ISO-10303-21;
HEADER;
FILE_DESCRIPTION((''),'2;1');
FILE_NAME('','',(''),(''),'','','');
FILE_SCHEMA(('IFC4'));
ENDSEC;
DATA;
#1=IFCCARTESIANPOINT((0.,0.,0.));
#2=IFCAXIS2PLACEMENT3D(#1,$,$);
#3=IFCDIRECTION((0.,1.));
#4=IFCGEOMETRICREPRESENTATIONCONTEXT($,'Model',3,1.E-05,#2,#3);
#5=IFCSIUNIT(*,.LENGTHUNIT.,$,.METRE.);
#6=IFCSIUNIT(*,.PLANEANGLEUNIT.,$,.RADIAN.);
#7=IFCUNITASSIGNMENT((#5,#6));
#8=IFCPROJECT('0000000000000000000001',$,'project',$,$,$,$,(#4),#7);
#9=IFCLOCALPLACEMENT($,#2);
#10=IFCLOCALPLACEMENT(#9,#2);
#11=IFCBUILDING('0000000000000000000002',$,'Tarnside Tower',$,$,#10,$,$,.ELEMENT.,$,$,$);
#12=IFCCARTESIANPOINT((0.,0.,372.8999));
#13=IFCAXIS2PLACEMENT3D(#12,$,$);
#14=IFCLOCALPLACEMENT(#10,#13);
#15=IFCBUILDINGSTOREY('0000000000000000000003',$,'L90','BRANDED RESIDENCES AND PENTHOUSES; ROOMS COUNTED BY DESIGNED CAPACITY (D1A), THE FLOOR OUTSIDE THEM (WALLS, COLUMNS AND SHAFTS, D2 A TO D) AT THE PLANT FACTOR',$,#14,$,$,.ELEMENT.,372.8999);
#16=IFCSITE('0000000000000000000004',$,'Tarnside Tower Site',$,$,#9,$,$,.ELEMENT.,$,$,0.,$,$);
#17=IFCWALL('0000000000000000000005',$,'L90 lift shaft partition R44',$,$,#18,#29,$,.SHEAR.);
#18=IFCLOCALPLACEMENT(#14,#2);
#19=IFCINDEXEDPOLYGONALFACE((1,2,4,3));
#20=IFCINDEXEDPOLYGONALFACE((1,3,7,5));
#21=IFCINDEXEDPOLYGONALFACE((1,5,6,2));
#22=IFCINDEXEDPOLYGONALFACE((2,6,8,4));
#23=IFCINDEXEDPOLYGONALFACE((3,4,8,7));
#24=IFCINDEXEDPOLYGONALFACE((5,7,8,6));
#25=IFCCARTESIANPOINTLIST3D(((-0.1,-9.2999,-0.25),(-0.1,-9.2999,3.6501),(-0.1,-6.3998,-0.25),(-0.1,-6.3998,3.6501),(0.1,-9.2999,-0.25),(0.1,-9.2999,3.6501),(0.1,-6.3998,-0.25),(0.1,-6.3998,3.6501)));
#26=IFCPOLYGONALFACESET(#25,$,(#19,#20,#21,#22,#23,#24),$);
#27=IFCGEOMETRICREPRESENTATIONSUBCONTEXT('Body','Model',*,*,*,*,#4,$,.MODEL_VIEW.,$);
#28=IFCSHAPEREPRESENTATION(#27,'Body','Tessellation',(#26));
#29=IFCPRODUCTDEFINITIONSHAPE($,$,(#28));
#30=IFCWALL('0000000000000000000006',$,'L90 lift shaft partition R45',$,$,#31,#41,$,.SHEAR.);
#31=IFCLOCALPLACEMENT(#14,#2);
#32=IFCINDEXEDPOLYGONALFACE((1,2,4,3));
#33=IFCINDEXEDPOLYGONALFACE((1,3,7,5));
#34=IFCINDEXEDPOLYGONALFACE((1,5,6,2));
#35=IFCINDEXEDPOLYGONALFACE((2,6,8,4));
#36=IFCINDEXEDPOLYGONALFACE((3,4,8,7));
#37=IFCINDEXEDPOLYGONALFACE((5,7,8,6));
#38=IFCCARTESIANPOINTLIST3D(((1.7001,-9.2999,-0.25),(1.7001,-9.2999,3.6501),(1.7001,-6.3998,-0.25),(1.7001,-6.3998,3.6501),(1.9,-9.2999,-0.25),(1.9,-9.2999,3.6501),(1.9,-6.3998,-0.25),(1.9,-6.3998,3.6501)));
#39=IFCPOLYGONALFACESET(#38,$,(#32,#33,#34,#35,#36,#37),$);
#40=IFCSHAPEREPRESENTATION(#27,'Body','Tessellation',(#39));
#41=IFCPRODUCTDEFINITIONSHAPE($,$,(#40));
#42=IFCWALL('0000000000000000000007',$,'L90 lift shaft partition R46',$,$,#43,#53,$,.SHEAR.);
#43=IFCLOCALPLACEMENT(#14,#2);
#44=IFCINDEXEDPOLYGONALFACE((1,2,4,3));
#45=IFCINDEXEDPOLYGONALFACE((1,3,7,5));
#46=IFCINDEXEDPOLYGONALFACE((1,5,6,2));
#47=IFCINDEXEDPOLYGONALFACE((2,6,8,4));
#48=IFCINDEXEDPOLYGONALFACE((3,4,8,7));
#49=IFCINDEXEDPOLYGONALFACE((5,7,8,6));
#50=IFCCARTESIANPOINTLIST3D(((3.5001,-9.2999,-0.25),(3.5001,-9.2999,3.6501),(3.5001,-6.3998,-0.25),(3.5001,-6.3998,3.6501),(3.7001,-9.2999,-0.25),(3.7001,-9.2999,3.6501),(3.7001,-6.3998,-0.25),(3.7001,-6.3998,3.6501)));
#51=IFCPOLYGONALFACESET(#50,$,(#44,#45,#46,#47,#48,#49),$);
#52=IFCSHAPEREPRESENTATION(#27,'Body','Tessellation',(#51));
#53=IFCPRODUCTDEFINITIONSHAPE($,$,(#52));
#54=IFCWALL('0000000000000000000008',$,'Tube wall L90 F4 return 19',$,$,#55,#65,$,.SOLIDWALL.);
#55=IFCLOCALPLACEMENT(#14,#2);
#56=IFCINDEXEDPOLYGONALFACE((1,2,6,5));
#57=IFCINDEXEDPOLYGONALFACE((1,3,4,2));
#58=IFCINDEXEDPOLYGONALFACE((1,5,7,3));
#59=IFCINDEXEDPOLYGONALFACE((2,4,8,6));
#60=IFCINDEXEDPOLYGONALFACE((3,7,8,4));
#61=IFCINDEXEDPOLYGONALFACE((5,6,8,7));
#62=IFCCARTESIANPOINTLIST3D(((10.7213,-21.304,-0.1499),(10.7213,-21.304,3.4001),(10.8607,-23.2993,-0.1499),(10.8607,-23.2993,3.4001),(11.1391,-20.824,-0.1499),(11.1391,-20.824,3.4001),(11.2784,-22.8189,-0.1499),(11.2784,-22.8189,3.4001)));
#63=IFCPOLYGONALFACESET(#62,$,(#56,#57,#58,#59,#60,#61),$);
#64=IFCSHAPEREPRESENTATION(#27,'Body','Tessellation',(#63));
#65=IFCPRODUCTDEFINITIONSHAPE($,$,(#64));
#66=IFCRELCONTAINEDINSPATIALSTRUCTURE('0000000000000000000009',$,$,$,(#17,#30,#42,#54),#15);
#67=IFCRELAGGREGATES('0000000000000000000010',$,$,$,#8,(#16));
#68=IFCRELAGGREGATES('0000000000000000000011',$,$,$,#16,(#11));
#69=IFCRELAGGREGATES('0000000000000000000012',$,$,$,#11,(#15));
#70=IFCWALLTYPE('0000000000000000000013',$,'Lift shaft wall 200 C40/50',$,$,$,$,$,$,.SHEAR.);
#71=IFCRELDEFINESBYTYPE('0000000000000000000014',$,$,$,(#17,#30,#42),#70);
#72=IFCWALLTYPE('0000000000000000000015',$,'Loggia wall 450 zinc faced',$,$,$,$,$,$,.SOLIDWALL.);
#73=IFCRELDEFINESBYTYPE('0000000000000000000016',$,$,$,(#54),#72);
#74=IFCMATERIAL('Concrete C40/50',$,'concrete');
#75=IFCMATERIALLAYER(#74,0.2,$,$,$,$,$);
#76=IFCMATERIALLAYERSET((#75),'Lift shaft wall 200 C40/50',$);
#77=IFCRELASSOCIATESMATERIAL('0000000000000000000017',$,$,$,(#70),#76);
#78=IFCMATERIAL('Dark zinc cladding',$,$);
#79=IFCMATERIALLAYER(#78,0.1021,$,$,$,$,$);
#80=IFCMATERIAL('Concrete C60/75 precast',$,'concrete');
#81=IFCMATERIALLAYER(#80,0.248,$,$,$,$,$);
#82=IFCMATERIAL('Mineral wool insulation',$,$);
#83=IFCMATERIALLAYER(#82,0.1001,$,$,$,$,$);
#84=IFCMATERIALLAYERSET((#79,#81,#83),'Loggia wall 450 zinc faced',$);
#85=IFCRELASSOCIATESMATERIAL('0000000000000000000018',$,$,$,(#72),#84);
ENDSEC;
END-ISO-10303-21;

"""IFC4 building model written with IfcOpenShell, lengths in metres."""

from ifc_helpers import new_model, si_unit, direction, frame, frame_2d, origin, place, context, subcontext, project, spatial, polyline, rectangle, outline, extrude, material, layer, layer_set, type_object, element, save


model = new_model("IFC4")

# Units and contexts
model_context = context("Model", 3, precision=1e-05, world=origin(), true_north=direction((0.0, 1.0)))
body_context = subcontext(model_context, "Body", "Model", "MODEL_VIEW")
ifc_project = project(units=[si_unit("LENGTHUNIT", "METRE"), si_unit("PLANEANGLEUNIT", "RADIAN")], contexts=[model_context])

# Site, building, storey
site_placement = place(None, origin())
site = spatial("IfcSite", under=ifc_project, at=site_placement, Name="Tarnside Tower Site", CompositionType="ELEMENT", RefElevation=0.0)
building_placement = place(site_placement, origin())
building = spatial("IfcBuilding", under=site, at=building_placement, Name="Tarnside Tower", CompositionType="ELEMENT")
storey_placement = place(building_placement, frame((0.0, 0.0, 372.8999)))
storey = spatial("IfcBuildingStorey", under=building, at=storey_placement, Name="L90", Description="BRANDED RESIDENCES AND PENTHOUSES; ROOMS COUNTED BY DESIGNED CAPACITY (D1A), THE FLOOR OUTSIDE THEM (WALLS, COLUMNS AND SHAFTS, D2 A TO D) AT THE PLANT FACTOR", CompositionType="ELEMENT", Elevation=372.8999)

# Walls
ifc_material_1 = material(Name="Concrete C40/50", Category="concrete")
ifc_layer_1 = layer(ifc_material_1, 0.2)
ifc_layer_set_1 = layer_set([ifc_layer_1], Name="Lift shaft wall 200 C40/50")
wall_type_1 = type_object("IfcWallType", Name="Lift shaft wall 200 C40/50", PredefinedType="SHEAR", material=ifc_layer_set_1)
for number, where, z_axis, x_axis, name in (
    (1, (0.0, -9.3, -0.25), (0.0, 0.0, 1.0), (0.0, 1.0, 0.0), "L90 lift shaft partition R44"),
    (2, (1.8, -9.3, -0.25), (0.0, 0.0, 1.0), (0.0, 1.0, 0.0), "L90 lift shaft partition R45"),
    (3, (3.6001, -9.3, -0.25), (0.0, 0.0, 1.0), (0.0, 1.0, 0.0), "L90 lift shaft partition R46"),
):
    element("IfcWall", number, at=place(storey_placement, frame(where, z_axis=z_axis, x_axis=x_axis)), inside=storey, type_object=wall_type_1, Name=name, PredefinedType="SHEAR", context=body_context, shape_type="SweptSolid", body=[
        extrude(rectangle(XDim=2.9001, YDim=0.2, at=frame_2d((1.4502, 0.0))), origin(), (0.0, 0.0, 1.0), 3.9001),
    ])
ifc_material_2 = material(Name="Dark zinc cladding")
ifc_layer_2 = layer(ifc_material_2, 0.1021)
ifc_material_3 = material(Name="Concrete C60/75 precast", Category="concrete")
ifc_layer_3 = layer(ifc_material_3, 0.248)
ifc_material_4 = material(Name="Mineral wool insulation")
ifc_layer_4 = layer(ifc_material_4, 0.1001)
ifc_layer_set_2 = layer_set([ifc_layer_2, ifc_layer_3, ifc_layer_4], Name="Loggia wall 450 zinc faced")
wall_type_2 = type_object("IfcWallType", Name="Loggia wall 450 zinc faced", PredefinedType="SOLIDWALL", material=ifc_layer_set_2)
wall_1_placement = place(storey_placement, frame((10.9302, -21.064, -0.1499), z_axis=(0.0, 0.0, 1.0), x_axis=(0.069703, -0.997568, 0.0)))
element("IfcWall", 4, at=wall_1_placement, inside=storey, type_object=wall_type_2, Name="Tube wall L90 F4 return 19", PredefinedType="SOLIDWALL", context=body_context, shape_type="SweptSolid", body=[
    extrude(outline(polyline([(0.2249, -0.2251), (2.2251, -0.2251), (1.7749, 0.2251), (-0.2249, 0.2251), (0.2249, -0.2251)])), origin(), (0.0, 0.0, 1.0), 3.55),
])

save(model, "model.ifc")
